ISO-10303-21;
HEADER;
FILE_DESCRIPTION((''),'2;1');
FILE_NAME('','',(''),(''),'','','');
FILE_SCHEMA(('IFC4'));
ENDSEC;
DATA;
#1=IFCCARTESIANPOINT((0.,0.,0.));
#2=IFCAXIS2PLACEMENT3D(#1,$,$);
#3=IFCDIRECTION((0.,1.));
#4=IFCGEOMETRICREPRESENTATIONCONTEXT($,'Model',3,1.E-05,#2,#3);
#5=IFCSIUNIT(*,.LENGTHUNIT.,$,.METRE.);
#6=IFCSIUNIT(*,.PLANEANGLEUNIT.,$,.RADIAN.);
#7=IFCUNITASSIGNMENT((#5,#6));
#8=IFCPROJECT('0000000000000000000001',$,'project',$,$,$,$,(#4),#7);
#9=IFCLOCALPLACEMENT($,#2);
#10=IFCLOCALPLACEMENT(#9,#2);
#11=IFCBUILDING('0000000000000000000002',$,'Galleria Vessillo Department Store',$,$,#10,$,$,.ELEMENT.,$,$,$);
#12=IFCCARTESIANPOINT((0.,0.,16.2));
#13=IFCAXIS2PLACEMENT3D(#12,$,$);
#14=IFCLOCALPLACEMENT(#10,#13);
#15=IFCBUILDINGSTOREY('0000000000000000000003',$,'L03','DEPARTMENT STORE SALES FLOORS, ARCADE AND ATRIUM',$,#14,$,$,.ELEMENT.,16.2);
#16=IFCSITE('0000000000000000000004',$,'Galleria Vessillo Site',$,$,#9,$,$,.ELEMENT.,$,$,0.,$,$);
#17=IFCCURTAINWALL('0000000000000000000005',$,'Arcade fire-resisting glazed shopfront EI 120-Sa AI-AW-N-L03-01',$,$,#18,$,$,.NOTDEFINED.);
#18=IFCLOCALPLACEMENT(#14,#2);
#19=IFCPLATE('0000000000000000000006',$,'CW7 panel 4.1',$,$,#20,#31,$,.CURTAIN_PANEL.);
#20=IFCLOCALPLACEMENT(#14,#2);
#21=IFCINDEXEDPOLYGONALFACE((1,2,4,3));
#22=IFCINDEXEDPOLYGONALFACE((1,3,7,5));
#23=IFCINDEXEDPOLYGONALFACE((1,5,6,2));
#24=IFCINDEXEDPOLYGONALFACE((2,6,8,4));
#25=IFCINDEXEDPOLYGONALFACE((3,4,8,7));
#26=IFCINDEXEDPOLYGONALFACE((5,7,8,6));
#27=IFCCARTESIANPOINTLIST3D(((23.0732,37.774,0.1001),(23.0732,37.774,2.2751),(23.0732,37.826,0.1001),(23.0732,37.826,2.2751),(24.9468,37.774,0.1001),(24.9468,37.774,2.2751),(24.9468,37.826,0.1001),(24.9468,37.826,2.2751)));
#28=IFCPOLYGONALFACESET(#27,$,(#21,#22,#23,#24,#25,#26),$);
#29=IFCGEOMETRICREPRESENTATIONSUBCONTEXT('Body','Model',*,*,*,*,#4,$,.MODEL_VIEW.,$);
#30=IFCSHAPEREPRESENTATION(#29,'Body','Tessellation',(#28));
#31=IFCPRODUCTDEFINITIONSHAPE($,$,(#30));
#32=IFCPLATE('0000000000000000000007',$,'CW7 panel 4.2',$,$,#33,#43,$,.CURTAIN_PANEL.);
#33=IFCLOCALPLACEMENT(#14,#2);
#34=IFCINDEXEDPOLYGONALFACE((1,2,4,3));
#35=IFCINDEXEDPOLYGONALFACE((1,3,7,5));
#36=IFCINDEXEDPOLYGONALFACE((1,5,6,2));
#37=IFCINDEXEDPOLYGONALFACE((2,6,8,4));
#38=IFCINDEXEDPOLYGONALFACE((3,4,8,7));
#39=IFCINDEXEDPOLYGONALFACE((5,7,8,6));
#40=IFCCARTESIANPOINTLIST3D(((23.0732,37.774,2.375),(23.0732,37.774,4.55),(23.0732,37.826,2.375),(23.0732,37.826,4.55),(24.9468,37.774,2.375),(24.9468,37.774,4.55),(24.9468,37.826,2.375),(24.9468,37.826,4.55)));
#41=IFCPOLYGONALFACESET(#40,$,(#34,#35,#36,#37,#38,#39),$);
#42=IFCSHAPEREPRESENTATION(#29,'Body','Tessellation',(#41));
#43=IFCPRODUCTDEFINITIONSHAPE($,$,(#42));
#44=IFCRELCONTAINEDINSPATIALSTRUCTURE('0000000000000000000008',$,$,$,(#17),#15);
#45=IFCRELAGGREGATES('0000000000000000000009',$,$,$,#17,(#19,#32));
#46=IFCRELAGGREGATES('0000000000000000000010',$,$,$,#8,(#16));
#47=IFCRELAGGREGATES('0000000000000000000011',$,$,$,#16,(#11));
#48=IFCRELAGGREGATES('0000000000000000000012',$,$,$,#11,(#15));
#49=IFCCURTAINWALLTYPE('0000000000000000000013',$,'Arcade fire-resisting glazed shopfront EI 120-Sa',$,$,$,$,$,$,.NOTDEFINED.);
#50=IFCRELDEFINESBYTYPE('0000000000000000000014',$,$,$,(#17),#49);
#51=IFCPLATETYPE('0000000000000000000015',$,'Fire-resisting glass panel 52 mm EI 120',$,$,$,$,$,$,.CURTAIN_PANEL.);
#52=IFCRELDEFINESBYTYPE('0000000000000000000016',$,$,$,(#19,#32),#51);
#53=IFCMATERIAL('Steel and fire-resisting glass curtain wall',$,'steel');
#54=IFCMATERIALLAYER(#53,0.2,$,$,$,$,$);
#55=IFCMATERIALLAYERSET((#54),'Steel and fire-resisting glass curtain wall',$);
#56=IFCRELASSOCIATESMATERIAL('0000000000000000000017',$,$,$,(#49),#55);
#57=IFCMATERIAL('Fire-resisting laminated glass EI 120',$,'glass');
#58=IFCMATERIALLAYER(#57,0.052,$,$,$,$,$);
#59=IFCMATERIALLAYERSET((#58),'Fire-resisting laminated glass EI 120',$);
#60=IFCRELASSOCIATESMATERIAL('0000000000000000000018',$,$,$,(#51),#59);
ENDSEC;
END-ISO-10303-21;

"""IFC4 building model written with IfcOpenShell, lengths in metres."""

from ifc_helpers import new_model, si_unit, direction, frame, origin, origin_2d, place, context, subcontext, project, spatial, rectangle, extrude, material, layer, layer_set, type_object, element, aggregate, save


model = new_model("IFC4")

# Units and contexts
model_context = context("Model", 3, precision=1e-05, world=origin(), true_north=direction((0.0, 1.0)))
body_context = subcontext(model_context, "Body", "Model", "MODEL_VIEW")
ifc_project = project(units=[si_unit("LENGTHUNIT", "METRE"), si_unit("PLANEANGLEUNIT", "RADIAN")], contexts=[model_context])

# Site, building, storey
site_placement = place(None, origin())
site = spatial("IfcSite", under=ifc_project, at=site_placement, Name="Galleria Vessillo Site", CompositionType="ELEMENT", RefElevation=0.0)
building_placement = place(site_placement, origin())
building = spatial("IfcBuilding", under=site, at=building_placement, Name="Galleria Vessillo Department Store", CompositionType="ELEMENT")
storey_placement = place(building_placement, frame((0.0, 0.0, 16.2)))
storey = spatial("IfcBuildingStorey", under=building, at=storey_placement, Name="L03", Description="DEPARTMENT STORE SALES FLOORS, ARCADE AND ATRIUM", CompositionType="ELEMENT", Elevation=16.2)

# Curtain wall
ifc_material_1 = material(Name="Steel and fire-resisting glass curtain wall", Category="steel")
ifc_layer_1 = layer(ifc_material_1, 0.2)
ifc_layer_set_1 = layer_set([ifc_layer_1], Name="Steel and fire-resisting glass curtain wall")
curtain_wall_type = type_object("IfcCurtainWallType", Name="Arcade fire-resisting glazed shopfront EI 120-Sa", PredefinedType="NOTDEFINED", material=ifc_layer_set_1)
curtain_wall_placement = place(storey_placement, origin())
curtain_wall = element("IfcCurtainWall", 1, at=curtain_wall_placement, inside=storey, type_object=curtain_wall_type, Name="Arcade fire-resisting glazed shopfront EI 120-Sa AI-AW-N-L03-01", PredefinedType="NOTDEFINED")

# Plates
ifc_material_2 = material(Name="Fire-resisting laminated glass EI 120", Category="glass")
ifc_layer_2 = layer(ifc_material_2, 0.052)
ifc_layer_set_2 = layer_set([ifc_layer_2], Name="Fire-resisting laminated glass EI 120")
plate_type = type_object("IfcPlateType", Name="Fire-resisting glass panel 52 mm EI 120", PredefinedType="CURTAIN_PANEL", material=ifc_layer_set_2)
plate_1_placement = place(storey_placement, frame((24.01, 37.8, 0.1001), z_axis=(0.0, 0.0, 1.0), x_axis=(1.0, 0.0, 0.0)))
plate_1 = element("IfcPlate", 2, at=plate_1_placement, type_object=plate_type, Name="CW7 panel 4.1", PredefinedType="CURTAIN_PANEL", context=body_context, shape_type="SweptSolid", body=[
    extrude(rectangle(XDim=1.8735, YDim=0.052, at=origin_2d()), origin(), (0.0, 0.0, 1.0), 2.175),
])
plate_2_placement = place(storey_placement, frame((24.01, 37.8, 2.375), z_axis=(0.0, 0.0, 1.0), x_axis=(1.0, 0.0, 0.0)))
plate_2 = element("IfcPlate", 3, at=plate_2_placement, type_object=plate_type, Name="CW7 panel 4.2", PredefinedType="CURTAIN_PANEL", context=body_context, shape_type="SweptSolid", body=[
    extrude(rectangle(XDim=1.8735, YDim=0.052, at=origin_2d()), origin(), (0.0, 0.0, 1.0), 2.175),
])
aggregate(curtain_wall, [plate_1, plate_2])

save(model, "model.ifc")
